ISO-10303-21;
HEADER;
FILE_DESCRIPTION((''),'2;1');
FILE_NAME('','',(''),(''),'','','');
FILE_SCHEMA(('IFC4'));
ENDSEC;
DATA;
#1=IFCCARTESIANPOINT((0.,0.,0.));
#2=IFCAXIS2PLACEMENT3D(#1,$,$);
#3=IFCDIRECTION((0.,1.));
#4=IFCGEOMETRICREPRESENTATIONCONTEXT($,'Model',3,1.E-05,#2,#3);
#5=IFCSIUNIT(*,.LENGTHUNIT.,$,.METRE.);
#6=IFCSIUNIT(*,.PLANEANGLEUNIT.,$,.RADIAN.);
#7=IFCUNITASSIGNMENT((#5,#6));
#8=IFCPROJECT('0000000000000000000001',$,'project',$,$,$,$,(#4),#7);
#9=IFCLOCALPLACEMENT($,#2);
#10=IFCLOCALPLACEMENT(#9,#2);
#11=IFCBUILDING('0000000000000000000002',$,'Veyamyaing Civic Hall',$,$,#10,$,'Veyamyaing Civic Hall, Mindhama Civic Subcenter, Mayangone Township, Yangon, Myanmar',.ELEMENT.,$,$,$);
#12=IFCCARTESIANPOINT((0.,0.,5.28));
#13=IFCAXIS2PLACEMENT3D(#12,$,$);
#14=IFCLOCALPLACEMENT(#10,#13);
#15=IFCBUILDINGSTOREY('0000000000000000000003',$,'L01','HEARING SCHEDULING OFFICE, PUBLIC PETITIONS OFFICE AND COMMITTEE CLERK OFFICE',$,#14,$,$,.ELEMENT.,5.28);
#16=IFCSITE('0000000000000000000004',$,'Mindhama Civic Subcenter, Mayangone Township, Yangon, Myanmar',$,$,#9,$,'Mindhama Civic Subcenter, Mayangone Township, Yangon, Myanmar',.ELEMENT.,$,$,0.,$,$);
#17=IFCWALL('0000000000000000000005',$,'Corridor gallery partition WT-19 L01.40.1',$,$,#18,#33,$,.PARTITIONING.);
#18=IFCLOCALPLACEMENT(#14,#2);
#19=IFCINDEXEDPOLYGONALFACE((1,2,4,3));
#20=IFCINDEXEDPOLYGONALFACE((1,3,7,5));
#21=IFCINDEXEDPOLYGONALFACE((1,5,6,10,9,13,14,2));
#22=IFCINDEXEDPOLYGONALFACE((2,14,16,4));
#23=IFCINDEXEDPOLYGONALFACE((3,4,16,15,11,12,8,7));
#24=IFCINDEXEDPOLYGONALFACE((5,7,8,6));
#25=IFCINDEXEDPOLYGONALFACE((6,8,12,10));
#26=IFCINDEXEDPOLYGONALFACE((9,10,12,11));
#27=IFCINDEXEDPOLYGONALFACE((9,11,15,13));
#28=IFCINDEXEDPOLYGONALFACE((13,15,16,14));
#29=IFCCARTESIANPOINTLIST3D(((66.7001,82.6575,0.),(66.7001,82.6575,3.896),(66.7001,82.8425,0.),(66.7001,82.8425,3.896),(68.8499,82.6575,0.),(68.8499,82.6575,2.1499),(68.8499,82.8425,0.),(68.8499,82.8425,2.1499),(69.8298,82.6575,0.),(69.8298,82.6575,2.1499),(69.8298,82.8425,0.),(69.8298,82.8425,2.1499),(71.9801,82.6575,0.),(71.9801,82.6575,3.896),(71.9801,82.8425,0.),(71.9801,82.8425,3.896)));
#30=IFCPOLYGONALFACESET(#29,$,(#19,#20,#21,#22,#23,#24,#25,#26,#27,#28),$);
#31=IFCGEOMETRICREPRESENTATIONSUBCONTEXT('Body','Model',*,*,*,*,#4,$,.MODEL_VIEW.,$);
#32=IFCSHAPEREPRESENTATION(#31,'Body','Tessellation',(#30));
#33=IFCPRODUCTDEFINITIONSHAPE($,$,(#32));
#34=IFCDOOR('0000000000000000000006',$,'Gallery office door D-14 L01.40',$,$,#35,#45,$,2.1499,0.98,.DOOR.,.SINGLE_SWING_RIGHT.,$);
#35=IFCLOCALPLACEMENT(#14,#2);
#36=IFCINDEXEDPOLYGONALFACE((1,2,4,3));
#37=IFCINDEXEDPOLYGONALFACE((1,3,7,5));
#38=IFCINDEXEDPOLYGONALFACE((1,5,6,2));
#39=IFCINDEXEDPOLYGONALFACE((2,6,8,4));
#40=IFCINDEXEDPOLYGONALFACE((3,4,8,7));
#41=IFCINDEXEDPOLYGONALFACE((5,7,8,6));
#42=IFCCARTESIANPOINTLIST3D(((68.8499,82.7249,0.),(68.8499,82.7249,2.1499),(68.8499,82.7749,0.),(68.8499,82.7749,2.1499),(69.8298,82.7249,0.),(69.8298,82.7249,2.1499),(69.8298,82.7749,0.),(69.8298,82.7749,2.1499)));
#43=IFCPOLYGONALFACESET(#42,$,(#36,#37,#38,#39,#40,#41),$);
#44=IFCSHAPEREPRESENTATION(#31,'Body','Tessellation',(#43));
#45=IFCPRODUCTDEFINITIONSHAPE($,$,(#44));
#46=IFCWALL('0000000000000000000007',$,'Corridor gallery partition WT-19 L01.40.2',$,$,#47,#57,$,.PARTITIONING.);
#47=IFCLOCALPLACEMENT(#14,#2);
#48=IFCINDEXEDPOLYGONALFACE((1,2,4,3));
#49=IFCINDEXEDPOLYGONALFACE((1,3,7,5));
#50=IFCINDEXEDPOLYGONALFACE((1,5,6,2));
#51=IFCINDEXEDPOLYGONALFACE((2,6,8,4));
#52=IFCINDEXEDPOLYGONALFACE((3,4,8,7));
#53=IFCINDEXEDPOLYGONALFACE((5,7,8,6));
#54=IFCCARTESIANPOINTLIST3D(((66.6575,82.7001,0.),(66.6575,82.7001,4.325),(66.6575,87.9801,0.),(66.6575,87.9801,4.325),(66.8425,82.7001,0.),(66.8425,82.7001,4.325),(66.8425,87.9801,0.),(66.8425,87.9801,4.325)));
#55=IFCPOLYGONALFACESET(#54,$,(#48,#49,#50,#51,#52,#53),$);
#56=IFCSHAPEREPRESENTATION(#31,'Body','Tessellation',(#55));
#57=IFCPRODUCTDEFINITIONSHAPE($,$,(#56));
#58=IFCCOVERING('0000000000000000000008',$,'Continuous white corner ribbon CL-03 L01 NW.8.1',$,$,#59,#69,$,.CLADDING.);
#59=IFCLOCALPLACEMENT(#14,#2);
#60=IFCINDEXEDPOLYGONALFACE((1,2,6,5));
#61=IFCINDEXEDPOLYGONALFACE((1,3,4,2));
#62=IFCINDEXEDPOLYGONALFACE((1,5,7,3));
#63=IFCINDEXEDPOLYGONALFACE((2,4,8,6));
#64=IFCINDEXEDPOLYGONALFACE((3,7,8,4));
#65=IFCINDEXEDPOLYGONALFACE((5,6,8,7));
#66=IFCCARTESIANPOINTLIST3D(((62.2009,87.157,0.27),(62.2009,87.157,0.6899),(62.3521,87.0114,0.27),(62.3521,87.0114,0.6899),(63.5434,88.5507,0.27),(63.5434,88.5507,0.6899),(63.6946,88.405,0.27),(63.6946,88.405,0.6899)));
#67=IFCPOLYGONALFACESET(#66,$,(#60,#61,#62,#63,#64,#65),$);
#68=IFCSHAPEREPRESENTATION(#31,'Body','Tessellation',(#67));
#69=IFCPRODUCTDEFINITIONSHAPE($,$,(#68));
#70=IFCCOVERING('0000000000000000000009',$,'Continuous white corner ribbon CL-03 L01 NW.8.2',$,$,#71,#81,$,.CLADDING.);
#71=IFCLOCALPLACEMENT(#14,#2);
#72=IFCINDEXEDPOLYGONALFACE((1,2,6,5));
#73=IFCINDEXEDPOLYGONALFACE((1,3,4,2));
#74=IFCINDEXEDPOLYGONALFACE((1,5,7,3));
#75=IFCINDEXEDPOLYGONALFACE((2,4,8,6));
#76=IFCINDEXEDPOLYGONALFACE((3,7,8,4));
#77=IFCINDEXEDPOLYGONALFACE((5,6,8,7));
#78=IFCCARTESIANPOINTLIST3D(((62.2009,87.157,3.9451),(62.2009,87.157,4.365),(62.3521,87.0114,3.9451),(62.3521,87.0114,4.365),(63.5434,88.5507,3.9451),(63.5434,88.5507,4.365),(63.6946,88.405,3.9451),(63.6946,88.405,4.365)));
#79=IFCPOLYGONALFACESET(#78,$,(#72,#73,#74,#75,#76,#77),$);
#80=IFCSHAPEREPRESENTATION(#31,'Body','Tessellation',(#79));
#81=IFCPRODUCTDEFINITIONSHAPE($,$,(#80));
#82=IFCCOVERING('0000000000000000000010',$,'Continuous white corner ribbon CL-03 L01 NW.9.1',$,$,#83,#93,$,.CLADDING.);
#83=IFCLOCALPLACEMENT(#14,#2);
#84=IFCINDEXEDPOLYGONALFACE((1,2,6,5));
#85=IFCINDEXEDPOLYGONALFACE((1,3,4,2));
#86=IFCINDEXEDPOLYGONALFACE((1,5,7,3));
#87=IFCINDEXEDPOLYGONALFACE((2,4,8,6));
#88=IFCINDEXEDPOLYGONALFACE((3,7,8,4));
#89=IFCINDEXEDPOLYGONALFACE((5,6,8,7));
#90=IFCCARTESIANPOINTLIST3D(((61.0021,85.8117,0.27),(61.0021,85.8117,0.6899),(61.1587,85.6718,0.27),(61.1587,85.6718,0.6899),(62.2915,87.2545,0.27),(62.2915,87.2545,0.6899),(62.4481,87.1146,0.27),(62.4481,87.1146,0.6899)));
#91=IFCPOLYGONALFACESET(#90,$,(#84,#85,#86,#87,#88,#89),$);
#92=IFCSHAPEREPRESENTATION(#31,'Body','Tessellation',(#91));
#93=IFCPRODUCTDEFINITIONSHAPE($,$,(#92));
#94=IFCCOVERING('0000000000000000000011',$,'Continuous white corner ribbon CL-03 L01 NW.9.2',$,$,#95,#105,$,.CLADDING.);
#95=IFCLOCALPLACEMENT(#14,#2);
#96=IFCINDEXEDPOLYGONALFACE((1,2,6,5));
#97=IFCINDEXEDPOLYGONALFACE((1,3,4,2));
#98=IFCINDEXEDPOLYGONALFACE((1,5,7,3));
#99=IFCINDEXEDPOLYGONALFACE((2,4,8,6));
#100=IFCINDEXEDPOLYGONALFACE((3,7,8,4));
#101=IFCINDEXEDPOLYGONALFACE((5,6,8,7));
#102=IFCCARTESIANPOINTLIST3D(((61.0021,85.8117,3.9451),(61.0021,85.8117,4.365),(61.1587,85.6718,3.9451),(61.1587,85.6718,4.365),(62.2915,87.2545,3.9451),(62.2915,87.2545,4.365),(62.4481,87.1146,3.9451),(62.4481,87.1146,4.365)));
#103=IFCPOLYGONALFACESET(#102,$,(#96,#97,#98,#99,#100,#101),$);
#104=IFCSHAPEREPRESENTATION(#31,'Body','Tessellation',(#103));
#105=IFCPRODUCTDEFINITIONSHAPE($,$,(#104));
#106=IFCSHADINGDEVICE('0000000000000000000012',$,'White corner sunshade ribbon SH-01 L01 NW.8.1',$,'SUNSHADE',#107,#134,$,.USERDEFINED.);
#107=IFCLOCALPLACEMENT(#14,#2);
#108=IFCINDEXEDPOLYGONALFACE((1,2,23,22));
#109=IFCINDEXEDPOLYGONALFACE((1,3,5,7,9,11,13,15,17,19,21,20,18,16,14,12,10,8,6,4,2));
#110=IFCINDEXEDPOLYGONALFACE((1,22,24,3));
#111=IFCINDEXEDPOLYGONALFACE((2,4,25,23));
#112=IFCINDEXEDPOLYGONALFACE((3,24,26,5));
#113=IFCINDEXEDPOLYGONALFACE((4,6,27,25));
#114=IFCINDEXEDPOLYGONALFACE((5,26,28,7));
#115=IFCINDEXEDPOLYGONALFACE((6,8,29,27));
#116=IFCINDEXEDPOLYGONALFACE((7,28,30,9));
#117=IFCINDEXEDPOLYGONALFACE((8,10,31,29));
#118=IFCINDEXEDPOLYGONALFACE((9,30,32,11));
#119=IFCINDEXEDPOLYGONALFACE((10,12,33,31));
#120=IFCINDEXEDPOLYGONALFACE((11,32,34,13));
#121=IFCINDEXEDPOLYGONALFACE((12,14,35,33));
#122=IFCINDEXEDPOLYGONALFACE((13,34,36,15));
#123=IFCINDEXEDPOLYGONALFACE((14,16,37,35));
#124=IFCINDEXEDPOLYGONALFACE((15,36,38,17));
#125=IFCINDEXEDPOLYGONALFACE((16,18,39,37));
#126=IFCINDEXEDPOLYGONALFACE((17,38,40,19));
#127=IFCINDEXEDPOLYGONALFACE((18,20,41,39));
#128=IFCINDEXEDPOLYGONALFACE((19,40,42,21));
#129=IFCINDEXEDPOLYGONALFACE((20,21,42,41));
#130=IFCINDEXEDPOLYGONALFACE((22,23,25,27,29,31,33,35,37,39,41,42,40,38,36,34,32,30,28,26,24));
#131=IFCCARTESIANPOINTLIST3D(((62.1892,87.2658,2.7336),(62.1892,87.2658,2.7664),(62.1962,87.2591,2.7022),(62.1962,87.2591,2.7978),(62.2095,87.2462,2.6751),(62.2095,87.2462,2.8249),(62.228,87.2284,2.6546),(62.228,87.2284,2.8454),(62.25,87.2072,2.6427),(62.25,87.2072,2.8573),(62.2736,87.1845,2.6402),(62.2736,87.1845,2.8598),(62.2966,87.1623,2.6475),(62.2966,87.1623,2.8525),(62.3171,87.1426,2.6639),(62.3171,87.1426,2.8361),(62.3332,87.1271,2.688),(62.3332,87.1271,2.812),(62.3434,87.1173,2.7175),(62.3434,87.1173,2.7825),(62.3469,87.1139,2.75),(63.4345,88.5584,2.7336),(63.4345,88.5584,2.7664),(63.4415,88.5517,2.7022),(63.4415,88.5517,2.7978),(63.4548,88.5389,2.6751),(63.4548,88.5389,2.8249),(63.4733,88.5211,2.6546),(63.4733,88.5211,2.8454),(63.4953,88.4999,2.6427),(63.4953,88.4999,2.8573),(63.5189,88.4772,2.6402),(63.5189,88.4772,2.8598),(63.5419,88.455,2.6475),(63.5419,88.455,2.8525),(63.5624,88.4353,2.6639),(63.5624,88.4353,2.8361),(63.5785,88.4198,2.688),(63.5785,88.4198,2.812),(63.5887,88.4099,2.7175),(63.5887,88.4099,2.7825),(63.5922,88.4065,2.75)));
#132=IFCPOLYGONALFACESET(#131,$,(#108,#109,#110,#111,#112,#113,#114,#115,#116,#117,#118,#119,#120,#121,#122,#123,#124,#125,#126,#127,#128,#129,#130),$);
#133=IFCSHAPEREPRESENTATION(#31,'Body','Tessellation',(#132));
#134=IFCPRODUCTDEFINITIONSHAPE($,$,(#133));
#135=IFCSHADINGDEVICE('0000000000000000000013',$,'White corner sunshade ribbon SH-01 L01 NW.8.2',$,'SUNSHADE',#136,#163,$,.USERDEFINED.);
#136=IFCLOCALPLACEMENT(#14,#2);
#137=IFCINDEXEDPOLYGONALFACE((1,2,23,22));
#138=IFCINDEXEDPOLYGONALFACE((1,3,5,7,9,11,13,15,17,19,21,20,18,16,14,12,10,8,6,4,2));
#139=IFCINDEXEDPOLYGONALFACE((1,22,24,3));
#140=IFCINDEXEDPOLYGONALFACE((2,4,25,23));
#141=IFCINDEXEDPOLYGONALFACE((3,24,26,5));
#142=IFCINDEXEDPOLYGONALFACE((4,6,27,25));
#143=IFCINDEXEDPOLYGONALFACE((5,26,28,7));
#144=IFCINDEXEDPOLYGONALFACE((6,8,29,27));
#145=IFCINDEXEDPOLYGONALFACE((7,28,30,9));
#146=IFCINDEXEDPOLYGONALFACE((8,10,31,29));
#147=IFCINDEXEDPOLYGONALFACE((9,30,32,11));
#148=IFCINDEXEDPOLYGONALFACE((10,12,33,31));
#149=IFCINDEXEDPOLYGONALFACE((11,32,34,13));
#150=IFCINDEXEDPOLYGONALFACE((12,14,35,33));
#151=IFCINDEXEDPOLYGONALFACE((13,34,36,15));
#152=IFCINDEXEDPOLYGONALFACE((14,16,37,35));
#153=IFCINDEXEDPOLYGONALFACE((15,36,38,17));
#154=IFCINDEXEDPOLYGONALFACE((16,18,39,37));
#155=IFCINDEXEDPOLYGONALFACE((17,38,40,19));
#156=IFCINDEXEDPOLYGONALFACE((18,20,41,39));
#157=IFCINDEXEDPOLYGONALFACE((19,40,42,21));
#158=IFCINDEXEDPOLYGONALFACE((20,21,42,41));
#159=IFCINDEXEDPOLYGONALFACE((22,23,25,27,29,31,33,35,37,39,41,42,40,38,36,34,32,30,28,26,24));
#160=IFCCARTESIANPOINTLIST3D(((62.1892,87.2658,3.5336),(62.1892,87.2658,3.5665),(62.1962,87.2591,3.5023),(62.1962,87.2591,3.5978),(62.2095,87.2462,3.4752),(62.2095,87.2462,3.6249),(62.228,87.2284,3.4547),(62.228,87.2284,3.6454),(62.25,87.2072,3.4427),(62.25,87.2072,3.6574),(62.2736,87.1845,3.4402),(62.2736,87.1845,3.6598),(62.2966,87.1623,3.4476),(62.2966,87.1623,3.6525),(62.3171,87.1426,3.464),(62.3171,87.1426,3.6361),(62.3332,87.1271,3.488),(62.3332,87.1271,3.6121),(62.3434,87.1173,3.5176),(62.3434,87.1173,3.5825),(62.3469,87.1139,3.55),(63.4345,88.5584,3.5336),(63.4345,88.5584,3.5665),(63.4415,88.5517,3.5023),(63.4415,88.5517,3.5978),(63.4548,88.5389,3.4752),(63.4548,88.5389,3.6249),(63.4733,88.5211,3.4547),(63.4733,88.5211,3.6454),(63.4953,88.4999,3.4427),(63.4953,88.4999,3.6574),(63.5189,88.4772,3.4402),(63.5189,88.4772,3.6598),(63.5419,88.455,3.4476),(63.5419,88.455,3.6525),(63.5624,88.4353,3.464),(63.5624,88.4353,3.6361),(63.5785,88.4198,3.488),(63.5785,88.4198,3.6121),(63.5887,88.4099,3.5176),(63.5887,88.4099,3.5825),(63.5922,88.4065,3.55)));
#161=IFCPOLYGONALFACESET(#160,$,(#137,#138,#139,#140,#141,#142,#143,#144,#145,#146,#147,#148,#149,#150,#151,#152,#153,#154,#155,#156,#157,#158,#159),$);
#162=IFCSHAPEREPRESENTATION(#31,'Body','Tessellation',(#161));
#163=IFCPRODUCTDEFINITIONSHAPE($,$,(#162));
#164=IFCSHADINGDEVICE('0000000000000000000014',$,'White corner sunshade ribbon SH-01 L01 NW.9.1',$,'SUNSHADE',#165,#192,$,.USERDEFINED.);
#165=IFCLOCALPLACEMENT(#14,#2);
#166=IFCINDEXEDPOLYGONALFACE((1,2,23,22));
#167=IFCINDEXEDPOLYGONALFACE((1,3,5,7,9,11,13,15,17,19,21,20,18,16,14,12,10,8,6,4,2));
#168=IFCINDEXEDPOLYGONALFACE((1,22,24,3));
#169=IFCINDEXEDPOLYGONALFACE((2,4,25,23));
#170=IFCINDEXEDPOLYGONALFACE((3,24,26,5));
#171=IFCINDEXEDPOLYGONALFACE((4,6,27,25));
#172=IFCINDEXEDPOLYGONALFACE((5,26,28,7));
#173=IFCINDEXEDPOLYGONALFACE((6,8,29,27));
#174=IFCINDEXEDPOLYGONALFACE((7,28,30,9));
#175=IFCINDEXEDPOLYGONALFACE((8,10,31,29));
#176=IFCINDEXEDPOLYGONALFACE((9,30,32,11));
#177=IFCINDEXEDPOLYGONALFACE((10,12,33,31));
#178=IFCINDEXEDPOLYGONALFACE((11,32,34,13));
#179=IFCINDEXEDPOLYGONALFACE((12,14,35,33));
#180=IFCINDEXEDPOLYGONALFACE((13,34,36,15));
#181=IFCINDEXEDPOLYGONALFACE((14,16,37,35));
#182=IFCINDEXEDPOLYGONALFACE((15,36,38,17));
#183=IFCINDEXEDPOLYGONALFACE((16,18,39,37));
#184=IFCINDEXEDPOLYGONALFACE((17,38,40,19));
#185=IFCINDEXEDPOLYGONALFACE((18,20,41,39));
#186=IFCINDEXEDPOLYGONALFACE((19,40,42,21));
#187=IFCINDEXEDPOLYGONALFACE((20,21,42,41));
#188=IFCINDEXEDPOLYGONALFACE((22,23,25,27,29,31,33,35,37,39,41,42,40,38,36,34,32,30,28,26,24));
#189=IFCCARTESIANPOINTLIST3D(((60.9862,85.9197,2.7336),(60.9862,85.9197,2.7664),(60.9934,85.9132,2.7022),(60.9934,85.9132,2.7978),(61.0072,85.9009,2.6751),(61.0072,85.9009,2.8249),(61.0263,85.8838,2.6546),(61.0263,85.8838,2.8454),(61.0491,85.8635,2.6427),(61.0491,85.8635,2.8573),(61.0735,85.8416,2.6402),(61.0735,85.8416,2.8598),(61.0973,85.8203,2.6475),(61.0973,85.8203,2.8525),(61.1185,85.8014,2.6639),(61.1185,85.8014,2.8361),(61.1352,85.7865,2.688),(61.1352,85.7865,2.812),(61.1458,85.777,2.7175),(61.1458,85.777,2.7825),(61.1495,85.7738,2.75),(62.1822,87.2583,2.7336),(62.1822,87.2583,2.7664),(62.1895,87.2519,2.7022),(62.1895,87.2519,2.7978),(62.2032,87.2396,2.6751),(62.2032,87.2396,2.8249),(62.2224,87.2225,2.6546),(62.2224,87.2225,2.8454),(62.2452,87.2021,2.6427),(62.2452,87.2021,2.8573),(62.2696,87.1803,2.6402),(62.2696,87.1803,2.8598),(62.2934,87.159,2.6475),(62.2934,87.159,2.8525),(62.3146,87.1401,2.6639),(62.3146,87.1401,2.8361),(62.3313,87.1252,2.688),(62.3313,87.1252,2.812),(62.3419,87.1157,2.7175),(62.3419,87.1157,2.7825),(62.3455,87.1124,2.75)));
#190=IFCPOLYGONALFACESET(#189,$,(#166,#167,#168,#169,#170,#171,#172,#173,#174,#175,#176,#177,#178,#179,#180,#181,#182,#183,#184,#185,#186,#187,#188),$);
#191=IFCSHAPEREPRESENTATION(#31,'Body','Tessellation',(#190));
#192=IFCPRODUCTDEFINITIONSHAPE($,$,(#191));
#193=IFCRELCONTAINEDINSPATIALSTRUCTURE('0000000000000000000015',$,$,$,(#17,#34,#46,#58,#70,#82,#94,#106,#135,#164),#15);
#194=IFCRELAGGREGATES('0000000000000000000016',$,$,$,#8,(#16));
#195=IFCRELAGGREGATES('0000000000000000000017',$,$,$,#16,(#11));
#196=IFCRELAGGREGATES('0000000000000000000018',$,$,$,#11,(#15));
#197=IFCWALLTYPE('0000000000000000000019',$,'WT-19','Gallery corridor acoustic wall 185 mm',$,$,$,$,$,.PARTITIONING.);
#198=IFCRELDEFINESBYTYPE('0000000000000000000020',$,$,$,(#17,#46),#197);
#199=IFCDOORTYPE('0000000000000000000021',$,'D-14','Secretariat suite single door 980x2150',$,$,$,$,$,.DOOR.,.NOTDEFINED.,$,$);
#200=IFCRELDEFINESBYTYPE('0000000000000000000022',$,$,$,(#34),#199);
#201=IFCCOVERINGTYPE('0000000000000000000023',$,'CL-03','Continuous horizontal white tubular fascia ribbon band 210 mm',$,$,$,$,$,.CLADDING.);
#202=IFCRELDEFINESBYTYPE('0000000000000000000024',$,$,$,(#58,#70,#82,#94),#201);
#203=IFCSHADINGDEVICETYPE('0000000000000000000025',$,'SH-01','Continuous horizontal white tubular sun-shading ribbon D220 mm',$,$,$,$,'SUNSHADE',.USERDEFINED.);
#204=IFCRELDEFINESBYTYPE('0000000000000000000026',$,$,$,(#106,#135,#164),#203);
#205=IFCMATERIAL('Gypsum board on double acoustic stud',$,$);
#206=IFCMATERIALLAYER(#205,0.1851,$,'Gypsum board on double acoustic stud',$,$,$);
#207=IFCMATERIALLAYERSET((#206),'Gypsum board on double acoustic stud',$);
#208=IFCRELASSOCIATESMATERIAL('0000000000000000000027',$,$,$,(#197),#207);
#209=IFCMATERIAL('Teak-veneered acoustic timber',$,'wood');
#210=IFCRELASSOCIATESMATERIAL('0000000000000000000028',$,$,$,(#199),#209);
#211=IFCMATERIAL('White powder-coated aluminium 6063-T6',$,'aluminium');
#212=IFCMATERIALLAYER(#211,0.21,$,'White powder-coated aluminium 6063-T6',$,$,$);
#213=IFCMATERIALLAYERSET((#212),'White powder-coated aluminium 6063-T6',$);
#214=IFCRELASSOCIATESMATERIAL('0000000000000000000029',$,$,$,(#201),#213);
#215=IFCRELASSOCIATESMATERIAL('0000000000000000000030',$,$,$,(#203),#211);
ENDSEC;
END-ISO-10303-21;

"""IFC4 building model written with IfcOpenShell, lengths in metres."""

from ifc_helpers import new_model, si_unit, direction, frame, frame_2d, origin, origin_2d, place, context, subcontext, project, spatial, rectangle, circle, extrude, material, layer, layer_set, material_profile, profile_set, type_object, element, fill, save


model = new_model("IFC4")

# Units and contexts
model_context = context("Model", 3, precision=1e-05, world=origin(), true_north=direction((0.0, 1.0)))
body_context = subcontext(model_context, "Body", "Model", "MODEL_VIEW")
ifc_project = project(units=[si_unit("LENGTHUNIT", "METRE"), si_unit("PLANEANGLEUNIT", "RADIAN")], contexts=[model_context])

# Site, building, storey
site_placement = place(None, origin())
site = spatial("IfcSite", under=ifc_project, at=site_placement, Name="Mindhama Civic Subcenter, Mayangone Township, Yangon, Myanmar", LongName="Mindhama Civic Subcenter, Mayangone Township, Yangon, Myanmar", CompositionType="ELEMENT", RefElevation=0.0)
building_placement = place(site_placement, origin())
building = spatial("IfcBuilding", under=site, at=building_placement, Name="Veyamyaing Civic Hall", LongName="Veyamyaing Civic Hall, Mindhama Civic Subcenter, Mayangone Township, Yangon, Myanmar", CompositionType="ELEMENT")
storey_placement = place(building_placement, frame((0.0, 0.0, 5.28)))
storey = spatial("IfcBuildingStorey", under=building, at=storey_placement, Name="L01", Description="HEARING SCHEDULING OFFICE, PUBLIC PETITIONS OFFICE AND COMMITTEE CLERK OFFICE", CompositionType="ELEMENT", Elevation=5.28)

# Wall, opening, door
ifc_material_1 = material(Name="Teak-veneered acoustic timber", Category="wood")
ifc_material_2 = material(Name="Gypsum board on double acoustic stud")
ifc_layer_1 = layer(ifc_material_2, 0.1851, Name="Gypsum board on double acoustic stud")
ifc_layer_set_1 = layer_set([ifc_layer_1], Name="Gypsum board on double acoustic stud")
wall_type_1 = type_object("IfcWallType", Name="WT-19", Description="Gallery corridor acoustic wall 185 mm", PredefinedType="PARTITIONING", material=ifc_layer_set_1)
wall_1_placement = place(storey_placement, frame((66.7, 82.75, 0.0), z_axis=(0.0, 0.0, 1.0), x_axis=(1.0, 0.0, 0.0)))
wall_1 = element("IfcWall", 1, at=wall_1_placement, inside=storey, type_object=wall_type_1, Name="Corridor gallery partition WT-19 L01.40.1", PredefinedType="PARTITIONING", context=body_context, shape_type="SweptSolid", body=[
    extrude(rectangle(XDim=5.28, YDim=0.1851, at=frame_2d((2.6401, 0.0))), origin(), (0.0, 0.0, 1.0), 3.896),
])
opening_1_placement = place(wall_1_placement, frame((2.1499, 0.0, 0.0)))
opening_1 = element("IfcOpeningElement", 2, at=opening_1_placement, cuts=wall_1, PredefinedType="OPENING", context=body_context, shape_type="SweptSolid", body=[
    extrude(rectangle(XDim=0.98, YDim=2.1499, at=frame_2d((0.49, 1.075))), frame((0.0, 0.1025, 0.0), z_axis=(0.0, -1.0, 0.0), x_axis=(1.0, 0.0, 0.0)), (0.0, 0.0, 1.0), 0.2051),
])
door_type_1 = type_object("IfcDoorType", Name="D-14", Description="Secretariat suite single door 980x2150", OperationType="NOTDEFINED", PredefinedType="DOOR", material=ifc_material_1)
door_1_placement = place(opening_1_placement, origin())
door_1 = element("IfcDoor", 3, at=door_1_placement, inside=storey, type_object=door_type_1, Name="Gallery office door D-14 L01.40", OperationType="SINGLE_SWING_RIGHT", OverallHeight=2.1499, OverallWidth=0.98, PredefinedType="DOOR", context=body_context, shape_type="SweptSolid", body=[
    extrude(rectangle(XDim=0.98, YDim=2.1499, at=frame_2d((0.49, 1.075))), frame((0.0, 0.0249, 0.0), z_axis=(0.0, -1.0, 0.0), x_axis=(1.0, 0.0, 0.0)), (0.0, 0.0, 1.0), 0.05),
])
fill(opening_1, door_1)

# Wall
wall_2_placement = place(storey_placement, frame((66.75, 82.7, 0.0), z_axis=(0.0, 0.0, 1.0), x_axis=(0.0, 1.0, 0.0)))
element("IfcWall", 4, at=wall_2_placement, inside=storey, type_object=wall_type_1, Name="Corridor gallery partition WT-19 L01.40.2", PredefinedType="PARTITIONING", context=body_context, shape_type="SweptSolid", body=[
    extrude(rectangle(XDim=5.28, YDim=0.1851, at=frame_2d((2.6401, 0.0))), origin(), (0.0, 0.0, 1.0), 4.325),
])

# Coverings
ifc_material_3 = material(Name="White powder-coated aluminium 6063-T6", Category="aluminium")
ifc_layer_2 = layer(ifc_material_3, 0.21, Name="White powder-coated aluminium 6063-T6")
ifc_layer_set_2 = layer_set([ifc_layer_2], Name="White powder-coated aluminium 6063-T6")
covering_type = type_object("IfcCoveringType", Name="CL-03", Description="Continuous horizontal white tubular fascia ribbon band 210 mm", PredefinedType="CLADDING", material=ifc_layer_set_2)
for number, where, z_axis, x_axis, name in (
    (5, (62.9478, 87.781, 0.27), (0.0, 0.0, 1.0), (-0.693761, -0.720205, 0.0), "Continuous white corner ribbon CL-03 L01 NW.8.1"),
    (6, (62.9478, 87.781, 3.9451), (0.0, 0.0, 1.0), (-0.693761, -0.720205, 0.0), "Continuous white corner ribbon CL-03 L01 NW.8.2"),
    (7, (61.7251, 86.4631, 0.27), (0.0, 0.0, 1.0), (-0.666347, -0.745642, 0.0), "Continuous white corner ribbon CL-03 L01 NW.9.1"),
    (8, (61.7251, 86.4631, 3.9451), (0.0, 0.0, 1.0), (-0.666347, -0.745642, 0.0), "Continuous white corner ribbon CL-03 L01 NW.9.2"),
):
    element("IfcCovering", number, at=place(storey_placement, frame(where, z_axis=z_axis, x_axis=x_axis)), inside=storey, type_object=covering_type, Name=name, PredefinedType="CLADDING", context=body_context, shape_type="SweptSolid", body=[
        extrude(rectangle(XDim=1.9351, YDim=0.21, at=origin_2d()), origin(), (0.0, 0.0, 1.0), 0.4199),
    ])

# Shading devices
ifc_material_profile_1 = material_profile(ifc_material_3, circle(Radius=0.1101, at=origin_2d()), Name="SHADE-TUBE-220")
ifc_profile_set_1 = profile_set([ifc_material_profile_1], Name="White powder-coated aluminium 6063-T6")
shading_device_type = type_object("IfcShadingDeviceType", Name="SH-01", Description="Continuous horizontal white tubular sun-shading ribbon D220 mm", ElementType="SUNSHADE", PredefinedType="USERDEFINED", material=ifc_profile_set_1)
for number, where, z_axis, x_axis, name in (
    (9, (63.5129, 88.4829, 2.75), (-0.693791, -0.720177, 0.0), (0.720177, -0.693791, 0.0), "White corner sunshade ribbon SH-01 L01 NW.8.1"),
    (10, (63.5129, 88.4829, 3.55), (-0.693791, -0.720177, 0.0), (0.720177, -0.693791, 0.0), "White corner sunshade ribbon SH-01 L01 NW.8.2"),
):
    element("IfcShadingDevice", number, at=place(storey_placement, frame(where, z_axis=z_axis, x_axis=x_axis)), inside=storey, type_object=shading_device_type, Name=name, ObjectType="SUNSHADE", PredefinedType="USERDEFINED", context=body_context, shape_type="SweptSolid", body=[
        extrude(circle(Radius=0.1101, at=origin_2d()), origin(), (0.0, 0.0, 1.0), 1.7949),
    ])
for number, where, z_axis, x_axis, name in (
    (11, (62.2634, 87.1858, 2.75), (-0.666278, -0.745704, 0.0), (0.745704, -0.666278, 0.0), "White corner sunshade ribbon SH-01 L01 NW.9.1"),
):
    element("IfcShadingDevice", number, at=place(storey_placement, frame(where, z_axis=z_axis, x_axis=x_axis)), inside=storey, type_object=shading_device_type, Name=name, ObjectType="SUNSHADE", PredefinedType="USERDEFINED", context=body_context, shape_type="SweptSolid", body=[
        extrude(circle(Radius=0.1101, at=origin_2d()), origin(), (0.0, 0.0, 1.0), 1.7952),
    ])

save(model, "model.ifc")
